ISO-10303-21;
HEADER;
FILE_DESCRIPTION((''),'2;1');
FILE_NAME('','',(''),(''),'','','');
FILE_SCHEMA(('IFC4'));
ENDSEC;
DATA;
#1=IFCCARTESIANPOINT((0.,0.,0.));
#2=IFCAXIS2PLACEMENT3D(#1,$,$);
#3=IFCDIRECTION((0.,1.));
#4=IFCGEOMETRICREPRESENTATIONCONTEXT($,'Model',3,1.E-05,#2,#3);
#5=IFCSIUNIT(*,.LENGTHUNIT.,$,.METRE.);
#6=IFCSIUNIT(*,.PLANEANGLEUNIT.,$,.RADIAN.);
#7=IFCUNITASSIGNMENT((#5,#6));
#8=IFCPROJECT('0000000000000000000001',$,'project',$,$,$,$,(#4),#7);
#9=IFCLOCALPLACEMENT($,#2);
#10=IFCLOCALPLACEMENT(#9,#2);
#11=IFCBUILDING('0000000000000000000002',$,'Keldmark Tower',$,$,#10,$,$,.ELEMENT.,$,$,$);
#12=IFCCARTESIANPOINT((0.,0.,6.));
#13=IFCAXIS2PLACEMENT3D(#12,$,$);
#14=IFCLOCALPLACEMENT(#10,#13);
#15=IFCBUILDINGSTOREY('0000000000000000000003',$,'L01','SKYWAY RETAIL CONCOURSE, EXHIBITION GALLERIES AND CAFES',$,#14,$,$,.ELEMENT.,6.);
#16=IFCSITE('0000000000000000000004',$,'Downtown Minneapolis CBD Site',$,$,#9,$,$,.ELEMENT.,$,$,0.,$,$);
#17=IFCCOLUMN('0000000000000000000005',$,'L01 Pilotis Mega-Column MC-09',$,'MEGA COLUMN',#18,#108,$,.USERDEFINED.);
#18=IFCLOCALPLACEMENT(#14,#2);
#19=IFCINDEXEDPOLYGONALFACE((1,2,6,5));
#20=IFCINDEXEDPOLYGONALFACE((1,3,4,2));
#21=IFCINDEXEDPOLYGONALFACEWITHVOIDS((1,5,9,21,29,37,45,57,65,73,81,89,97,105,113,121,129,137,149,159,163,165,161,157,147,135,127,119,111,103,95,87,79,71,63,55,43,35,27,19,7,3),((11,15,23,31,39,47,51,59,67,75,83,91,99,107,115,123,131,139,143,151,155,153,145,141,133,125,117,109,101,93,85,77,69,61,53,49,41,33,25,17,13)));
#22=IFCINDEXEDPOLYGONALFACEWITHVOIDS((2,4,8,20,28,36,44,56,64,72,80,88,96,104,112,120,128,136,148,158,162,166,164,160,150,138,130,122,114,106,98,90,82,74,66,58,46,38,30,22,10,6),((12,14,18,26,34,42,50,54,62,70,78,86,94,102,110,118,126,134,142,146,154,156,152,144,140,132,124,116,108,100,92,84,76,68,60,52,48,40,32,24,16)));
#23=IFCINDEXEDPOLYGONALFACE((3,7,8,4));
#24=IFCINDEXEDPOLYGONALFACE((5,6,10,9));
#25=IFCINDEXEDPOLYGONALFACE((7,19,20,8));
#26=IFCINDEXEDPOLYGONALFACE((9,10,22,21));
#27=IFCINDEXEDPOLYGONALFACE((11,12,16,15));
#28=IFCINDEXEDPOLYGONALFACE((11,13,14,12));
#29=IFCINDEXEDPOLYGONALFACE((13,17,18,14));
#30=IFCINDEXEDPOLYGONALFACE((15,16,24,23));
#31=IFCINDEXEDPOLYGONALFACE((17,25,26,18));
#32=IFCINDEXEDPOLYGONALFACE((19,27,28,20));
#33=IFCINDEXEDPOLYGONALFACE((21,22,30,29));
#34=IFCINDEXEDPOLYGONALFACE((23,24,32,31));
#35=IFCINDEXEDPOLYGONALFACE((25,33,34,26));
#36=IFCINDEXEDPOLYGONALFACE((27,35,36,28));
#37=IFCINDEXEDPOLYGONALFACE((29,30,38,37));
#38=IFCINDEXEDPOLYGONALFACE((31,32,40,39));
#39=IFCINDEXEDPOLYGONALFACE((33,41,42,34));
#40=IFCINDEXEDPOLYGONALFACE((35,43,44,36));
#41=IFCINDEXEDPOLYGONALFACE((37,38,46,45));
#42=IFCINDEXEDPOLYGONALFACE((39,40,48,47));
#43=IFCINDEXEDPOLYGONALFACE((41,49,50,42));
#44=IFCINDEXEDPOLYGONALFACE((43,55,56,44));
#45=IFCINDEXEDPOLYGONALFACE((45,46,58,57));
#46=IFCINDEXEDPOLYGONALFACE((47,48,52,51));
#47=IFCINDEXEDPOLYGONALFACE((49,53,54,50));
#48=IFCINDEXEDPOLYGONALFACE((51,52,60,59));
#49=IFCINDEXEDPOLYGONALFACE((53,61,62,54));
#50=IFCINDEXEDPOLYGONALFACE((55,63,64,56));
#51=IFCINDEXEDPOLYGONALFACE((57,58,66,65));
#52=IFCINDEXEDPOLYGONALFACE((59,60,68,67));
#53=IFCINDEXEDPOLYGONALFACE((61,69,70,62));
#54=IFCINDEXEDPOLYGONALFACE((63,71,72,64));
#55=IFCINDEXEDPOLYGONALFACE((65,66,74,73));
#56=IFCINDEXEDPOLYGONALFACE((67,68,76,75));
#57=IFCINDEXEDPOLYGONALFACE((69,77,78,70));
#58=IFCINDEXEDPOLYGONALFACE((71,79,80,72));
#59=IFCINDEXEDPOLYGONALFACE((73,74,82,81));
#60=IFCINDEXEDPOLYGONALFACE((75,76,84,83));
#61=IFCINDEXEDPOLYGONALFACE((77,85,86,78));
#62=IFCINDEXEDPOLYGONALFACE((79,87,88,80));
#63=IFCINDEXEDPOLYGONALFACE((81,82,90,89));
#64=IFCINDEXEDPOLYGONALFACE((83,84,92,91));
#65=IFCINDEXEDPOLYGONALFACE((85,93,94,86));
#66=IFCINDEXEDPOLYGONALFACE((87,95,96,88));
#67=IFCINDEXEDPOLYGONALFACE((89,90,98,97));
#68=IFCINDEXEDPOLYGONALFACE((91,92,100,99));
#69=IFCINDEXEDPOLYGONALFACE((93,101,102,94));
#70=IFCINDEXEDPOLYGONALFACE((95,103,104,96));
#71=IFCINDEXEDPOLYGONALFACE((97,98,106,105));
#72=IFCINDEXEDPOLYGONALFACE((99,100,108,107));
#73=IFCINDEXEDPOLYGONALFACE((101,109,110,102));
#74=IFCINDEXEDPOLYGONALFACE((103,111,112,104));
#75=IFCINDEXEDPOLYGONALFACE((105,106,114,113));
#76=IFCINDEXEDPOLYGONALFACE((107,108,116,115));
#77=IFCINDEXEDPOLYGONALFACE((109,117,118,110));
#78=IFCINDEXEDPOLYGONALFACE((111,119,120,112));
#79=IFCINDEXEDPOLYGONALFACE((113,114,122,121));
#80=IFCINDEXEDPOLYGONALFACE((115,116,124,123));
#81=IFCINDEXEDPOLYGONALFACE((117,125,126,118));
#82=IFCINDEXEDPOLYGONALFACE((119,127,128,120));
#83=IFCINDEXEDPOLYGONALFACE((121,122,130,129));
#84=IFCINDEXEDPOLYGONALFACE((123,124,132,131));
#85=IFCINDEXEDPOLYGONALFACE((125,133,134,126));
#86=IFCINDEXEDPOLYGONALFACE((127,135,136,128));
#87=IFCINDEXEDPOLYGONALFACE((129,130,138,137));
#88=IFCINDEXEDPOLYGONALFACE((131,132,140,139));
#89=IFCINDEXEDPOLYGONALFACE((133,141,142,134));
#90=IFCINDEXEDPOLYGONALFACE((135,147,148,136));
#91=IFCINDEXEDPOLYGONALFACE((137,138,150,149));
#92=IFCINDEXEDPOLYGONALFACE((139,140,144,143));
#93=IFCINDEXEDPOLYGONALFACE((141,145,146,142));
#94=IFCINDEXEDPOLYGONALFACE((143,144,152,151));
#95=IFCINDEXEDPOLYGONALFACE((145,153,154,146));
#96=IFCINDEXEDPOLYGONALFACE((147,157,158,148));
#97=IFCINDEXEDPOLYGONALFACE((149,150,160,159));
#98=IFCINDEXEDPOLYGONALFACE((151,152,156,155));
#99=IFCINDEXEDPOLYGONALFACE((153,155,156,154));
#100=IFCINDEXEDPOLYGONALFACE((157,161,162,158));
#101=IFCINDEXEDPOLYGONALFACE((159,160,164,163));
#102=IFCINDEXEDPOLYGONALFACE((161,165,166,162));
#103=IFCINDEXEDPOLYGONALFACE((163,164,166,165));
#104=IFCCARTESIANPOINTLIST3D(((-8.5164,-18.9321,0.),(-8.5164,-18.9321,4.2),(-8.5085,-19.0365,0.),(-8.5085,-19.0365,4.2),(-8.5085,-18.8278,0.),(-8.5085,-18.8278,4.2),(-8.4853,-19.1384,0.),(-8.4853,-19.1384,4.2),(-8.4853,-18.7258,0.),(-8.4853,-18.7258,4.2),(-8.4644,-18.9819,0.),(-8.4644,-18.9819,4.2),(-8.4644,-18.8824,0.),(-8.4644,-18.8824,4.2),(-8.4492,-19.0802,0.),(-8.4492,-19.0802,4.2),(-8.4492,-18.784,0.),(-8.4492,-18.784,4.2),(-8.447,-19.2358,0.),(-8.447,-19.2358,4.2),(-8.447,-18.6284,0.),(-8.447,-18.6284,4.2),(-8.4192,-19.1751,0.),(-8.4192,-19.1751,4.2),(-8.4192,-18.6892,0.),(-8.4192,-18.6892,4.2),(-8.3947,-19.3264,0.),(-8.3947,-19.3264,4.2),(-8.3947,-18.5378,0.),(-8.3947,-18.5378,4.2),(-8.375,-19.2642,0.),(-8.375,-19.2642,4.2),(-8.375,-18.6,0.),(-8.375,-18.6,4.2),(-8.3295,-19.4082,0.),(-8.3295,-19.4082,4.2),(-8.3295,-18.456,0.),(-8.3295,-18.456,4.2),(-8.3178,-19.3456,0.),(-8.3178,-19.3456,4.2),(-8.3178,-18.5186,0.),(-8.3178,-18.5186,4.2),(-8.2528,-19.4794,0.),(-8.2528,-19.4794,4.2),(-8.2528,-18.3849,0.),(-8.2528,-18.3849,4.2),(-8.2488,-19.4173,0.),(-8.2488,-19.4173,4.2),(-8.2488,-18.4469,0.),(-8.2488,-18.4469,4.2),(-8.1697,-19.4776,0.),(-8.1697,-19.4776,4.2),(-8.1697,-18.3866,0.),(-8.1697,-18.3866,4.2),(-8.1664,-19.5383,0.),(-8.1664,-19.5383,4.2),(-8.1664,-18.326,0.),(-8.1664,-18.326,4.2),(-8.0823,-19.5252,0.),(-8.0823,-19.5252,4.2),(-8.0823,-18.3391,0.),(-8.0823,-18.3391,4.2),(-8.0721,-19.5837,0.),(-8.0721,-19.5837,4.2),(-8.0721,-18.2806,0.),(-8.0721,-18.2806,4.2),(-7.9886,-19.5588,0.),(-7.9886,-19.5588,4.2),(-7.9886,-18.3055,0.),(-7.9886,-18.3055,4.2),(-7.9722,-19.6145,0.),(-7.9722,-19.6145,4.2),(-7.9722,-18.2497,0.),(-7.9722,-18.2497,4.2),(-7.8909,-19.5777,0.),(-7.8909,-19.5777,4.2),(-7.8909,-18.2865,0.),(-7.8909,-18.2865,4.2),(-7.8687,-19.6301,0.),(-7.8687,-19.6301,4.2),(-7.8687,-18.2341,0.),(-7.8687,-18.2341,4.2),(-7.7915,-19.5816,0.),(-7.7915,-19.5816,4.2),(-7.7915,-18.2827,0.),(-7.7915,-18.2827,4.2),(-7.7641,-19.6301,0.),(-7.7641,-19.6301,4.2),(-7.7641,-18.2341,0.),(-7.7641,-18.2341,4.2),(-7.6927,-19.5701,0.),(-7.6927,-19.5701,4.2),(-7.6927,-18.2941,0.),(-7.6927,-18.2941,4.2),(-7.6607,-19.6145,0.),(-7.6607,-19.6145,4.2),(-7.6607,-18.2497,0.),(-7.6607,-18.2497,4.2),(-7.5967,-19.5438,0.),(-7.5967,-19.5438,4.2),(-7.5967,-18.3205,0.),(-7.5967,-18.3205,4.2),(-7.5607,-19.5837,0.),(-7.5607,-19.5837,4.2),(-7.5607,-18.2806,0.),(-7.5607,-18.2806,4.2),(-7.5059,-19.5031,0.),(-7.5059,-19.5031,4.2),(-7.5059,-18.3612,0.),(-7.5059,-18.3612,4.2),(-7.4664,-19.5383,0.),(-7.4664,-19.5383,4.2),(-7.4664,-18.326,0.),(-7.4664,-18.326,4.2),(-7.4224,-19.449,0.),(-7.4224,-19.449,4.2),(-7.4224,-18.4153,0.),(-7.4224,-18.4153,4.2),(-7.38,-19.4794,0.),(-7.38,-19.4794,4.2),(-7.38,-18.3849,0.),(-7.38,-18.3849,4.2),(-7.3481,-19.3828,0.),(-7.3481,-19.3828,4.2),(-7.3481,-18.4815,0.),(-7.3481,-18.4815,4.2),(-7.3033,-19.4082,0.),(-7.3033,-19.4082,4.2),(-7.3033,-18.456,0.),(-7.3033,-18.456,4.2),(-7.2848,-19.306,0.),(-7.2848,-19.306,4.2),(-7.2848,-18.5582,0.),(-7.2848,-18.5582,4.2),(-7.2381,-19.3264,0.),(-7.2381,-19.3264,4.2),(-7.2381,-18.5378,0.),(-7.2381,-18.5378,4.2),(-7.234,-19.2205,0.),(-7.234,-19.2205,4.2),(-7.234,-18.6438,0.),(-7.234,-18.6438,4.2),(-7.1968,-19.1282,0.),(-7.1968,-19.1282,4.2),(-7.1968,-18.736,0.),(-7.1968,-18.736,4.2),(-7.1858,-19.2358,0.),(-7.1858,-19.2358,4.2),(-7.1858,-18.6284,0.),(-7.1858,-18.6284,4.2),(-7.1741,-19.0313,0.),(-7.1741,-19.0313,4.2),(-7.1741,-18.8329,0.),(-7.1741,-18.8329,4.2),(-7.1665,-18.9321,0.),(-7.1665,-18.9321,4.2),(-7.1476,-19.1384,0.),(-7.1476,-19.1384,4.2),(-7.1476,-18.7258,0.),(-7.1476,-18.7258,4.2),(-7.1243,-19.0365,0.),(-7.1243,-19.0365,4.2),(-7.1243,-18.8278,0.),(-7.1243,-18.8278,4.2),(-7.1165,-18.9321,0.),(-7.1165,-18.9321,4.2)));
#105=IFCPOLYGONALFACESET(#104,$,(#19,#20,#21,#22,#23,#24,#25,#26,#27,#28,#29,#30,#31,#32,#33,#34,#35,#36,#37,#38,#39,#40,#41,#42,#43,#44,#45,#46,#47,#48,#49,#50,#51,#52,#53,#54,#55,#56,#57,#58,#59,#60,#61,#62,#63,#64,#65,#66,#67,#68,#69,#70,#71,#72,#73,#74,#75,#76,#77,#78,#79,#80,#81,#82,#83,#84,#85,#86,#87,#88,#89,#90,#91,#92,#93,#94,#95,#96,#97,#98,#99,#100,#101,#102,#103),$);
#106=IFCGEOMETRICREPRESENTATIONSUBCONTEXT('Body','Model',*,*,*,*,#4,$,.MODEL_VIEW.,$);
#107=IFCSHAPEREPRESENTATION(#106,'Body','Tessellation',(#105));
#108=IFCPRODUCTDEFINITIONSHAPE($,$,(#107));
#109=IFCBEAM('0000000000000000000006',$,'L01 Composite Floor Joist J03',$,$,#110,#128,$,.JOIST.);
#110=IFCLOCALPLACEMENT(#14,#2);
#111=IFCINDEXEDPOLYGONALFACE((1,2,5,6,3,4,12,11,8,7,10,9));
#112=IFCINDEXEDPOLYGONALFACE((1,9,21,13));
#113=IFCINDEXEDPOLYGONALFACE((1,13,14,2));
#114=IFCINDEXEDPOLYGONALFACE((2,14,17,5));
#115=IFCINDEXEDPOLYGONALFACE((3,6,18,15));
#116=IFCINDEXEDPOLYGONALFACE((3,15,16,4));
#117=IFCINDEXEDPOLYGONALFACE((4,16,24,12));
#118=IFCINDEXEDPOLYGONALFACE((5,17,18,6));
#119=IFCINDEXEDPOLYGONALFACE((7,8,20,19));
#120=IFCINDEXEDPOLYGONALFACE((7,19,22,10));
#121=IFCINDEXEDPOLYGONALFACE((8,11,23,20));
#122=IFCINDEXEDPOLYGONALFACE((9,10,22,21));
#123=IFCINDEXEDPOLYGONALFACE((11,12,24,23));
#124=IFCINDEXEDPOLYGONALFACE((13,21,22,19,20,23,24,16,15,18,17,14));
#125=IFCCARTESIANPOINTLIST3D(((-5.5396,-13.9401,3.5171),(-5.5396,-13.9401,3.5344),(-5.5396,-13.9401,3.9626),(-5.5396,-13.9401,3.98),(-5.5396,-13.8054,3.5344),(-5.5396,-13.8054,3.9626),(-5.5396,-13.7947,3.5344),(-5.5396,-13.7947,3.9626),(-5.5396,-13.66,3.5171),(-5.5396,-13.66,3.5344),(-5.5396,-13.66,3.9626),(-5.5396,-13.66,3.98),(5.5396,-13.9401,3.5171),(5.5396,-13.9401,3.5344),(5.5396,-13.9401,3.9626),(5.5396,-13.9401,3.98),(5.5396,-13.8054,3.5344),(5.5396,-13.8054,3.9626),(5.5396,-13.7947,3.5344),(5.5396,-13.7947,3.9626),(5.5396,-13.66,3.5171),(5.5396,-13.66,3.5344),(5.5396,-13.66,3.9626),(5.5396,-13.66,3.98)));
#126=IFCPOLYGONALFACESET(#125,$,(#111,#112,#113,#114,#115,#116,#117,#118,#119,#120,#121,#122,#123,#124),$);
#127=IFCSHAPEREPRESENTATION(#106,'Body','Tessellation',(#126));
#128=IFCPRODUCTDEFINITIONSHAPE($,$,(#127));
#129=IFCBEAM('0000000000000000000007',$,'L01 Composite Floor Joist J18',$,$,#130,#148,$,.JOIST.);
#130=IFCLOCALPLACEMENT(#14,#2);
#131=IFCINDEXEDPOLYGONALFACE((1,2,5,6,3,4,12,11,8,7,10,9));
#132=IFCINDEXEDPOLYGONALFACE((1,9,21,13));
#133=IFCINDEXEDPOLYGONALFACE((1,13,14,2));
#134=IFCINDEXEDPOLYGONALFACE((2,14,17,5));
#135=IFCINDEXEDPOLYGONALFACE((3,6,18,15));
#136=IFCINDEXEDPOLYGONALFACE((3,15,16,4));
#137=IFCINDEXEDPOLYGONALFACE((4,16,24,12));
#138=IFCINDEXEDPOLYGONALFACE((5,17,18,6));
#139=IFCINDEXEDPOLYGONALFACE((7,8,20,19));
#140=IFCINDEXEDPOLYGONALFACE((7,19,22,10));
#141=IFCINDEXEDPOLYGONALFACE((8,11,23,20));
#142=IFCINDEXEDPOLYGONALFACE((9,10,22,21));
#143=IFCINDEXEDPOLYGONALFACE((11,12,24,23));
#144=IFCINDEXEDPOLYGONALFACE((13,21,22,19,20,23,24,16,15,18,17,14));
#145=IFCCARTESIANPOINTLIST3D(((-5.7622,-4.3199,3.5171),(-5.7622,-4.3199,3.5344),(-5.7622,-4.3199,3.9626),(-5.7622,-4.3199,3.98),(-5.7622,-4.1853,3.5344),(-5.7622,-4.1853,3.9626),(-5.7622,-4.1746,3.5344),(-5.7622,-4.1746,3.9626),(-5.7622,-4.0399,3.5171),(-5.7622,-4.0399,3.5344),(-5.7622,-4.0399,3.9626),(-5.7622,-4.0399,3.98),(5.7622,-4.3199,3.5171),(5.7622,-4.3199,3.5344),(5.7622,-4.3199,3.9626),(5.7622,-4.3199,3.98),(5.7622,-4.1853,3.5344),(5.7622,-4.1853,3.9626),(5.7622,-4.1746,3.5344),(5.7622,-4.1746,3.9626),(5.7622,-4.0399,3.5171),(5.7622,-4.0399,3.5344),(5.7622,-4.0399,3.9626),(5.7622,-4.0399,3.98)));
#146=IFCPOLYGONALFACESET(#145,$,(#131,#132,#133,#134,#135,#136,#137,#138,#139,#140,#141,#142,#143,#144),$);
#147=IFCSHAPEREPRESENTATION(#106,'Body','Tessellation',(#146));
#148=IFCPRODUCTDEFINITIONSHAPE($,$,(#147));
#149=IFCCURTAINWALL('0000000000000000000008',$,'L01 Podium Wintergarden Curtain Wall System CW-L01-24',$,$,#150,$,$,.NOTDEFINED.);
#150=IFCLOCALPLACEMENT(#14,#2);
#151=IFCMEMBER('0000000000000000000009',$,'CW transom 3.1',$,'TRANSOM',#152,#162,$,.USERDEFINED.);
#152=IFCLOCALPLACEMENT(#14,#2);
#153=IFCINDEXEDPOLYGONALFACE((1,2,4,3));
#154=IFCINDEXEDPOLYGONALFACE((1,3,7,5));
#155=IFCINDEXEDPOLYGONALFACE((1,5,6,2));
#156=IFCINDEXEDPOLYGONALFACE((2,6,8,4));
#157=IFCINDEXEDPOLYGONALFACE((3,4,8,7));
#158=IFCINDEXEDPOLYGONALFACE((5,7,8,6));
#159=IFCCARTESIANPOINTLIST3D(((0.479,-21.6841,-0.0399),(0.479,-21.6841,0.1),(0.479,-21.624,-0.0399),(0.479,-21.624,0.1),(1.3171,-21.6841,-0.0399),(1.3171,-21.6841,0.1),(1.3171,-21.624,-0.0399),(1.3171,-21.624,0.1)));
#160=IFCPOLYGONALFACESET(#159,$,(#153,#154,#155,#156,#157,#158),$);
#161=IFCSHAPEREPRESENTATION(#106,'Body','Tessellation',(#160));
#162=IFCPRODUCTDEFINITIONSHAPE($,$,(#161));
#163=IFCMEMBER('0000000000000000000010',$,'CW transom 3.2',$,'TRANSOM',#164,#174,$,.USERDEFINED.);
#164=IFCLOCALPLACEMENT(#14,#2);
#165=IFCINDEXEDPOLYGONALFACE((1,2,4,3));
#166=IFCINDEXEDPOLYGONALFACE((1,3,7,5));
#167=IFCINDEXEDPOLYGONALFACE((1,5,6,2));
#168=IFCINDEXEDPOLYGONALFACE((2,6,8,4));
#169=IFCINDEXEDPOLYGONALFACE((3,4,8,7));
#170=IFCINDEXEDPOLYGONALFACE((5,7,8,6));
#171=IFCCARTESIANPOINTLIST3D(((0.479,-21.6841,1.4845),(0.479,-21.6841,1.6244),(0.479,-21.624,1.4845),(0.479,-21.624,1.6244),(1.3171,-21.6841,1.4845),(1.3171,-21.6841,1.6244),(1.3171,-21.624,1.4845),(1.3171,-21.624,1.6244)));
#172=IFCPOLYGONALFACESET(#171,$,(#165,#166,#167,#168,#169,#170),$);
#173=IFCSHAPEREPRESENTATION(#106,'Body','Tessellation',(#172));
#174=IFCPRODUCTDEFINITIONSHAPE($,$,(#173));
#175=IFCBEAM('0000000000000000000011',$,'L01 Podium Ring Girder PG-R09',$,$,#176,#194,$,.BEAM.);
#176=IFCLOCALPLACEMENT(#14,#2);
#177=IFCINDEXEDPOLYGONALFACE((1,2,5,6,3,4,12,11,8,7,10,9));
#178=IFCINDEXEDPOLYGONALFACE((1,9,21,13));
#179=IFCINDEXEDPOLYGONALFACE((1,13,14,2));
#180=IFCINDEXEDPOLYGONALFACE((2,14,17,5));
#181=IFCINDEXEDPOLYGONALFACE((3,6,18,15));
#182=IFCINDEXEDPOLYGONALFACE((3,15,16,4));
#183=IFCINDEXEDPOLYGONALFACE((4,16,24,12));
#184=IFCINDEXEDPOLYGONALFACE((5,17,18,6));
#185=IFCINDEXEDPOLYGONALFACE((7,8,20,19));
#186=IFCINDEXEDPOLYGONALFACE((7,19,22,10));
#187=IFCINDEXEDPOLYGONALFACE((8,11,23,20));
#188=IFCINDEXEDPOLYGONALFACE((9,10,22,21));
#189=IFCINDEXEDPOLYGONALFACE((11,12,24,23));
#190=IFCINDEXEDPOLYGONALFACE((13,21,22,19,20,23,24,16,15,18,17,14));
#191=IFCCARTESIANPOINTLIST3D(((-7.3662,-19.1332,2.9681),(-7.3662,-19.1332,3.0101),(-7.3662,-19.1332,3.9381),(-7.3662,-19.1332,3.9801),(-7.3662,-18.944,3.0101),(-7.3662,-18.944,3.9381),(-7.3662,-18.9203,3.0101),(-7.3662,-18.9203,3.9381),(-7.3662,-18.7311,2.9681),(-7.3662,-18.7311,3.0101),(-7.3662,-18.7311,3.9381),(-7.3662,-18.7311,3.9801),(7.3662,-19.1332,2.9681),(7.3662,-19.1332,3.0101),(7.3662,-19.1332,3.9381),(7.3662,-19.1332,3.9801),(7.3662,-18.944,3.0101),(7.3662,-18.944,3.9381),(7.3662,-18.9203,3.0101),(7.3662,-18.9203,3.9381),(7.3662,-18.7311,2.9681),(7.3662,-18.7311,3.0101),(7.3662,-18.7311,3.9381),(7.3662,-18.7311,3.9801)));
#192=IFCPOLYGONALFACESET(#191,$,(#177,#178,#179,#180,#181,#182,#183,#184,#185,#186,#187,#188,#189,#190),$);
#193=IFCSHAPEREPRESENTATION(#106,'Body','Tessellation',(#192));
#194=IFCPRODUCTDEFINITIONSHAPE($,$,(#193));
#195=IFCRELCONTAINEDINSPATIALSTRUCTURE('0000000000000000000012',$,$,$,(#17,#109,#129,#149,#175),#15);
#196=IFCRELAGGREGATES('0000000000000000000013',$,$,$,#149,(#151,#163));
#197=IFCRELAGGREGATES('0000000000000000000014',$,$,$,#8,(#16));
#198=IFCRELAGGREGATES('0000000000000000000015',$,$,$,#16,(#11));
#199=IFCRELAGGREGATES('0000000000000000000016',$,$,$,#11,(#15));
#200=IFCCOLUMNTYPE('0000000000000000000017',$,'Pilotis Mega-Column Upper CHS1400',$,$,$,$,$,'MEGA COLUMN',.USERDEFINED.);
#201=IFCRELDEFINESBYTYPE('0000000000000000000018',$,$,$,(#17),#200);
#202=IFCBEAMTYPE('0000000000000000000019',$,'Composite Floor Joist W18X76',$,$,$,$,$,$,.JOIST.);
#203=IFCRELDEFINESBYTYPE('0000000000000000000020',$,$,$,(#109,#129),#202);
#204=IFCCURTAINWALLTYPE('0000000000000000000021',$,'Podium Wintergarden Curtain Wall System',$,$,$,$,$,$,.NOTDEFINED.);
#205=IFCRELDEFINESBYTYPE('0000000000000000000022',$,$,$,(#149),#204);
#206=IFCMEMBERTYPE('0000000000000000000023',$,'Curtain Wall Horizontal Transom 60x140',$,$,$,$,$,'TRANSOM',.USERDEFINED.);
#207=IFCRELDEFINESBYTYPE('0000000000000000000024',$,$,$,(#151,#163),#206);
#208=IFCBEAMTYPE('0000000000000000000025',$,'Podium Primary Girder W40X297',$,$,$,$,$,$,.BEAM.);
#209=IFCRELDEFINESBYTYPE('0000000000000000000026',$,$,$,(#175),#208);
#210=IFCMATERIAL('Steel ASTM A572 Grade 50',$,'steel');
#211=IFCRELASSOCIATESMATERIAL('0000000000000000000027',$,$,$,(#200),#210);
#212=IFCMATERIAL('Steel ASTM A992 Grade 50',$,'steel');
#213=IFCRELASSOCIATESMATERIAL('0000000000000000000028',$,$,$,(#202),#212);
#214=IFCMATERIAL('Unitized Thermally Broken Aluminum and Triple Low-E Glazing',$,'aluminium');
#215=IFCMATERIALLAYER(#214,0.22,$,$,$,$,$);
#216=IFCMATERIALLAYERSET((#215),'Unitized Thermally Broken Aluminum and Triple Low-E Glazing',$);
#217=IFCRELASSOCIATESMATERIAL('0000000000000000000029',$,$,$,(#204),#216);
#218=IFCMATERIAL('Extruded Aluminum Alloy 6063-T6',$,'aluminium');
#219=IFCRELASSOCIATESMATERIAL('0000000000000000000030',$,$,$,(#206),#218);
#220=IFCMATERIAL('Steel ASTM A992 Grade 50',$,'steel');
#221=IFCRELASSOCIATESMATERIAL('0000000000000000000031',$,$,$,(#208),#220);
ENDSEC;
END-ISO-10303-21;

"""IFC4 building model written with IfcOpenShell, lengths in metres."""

from ifc_helpers import new_model, si_unit, direction, frame, origin, origin_2d, place, context, subcontext, project, spatial, rectangle, hollow_circle, i_section, extrude, material, layer, layer_set, material_profile, profile_set, type_object, element, aggregate, save


model = new_model("IFC4")

# Units and contexts
model_context = context("Model", 3, precision=1e-05, world=origin(), true_north=direction((0.0, 1.0)))
body_context = subcontext(model_context, "Body", "Model", "MODEL_VIEW")
ifc_project = project(units=[si_unit("LENGTHUNIT", "METRE"), si_unit("PLANEANGLEUNIT", "RADIAN")], contexts=[model_context])

# Site, building, storey
site_placement = place(None, origin())
site = spatial("IfcSite", under=ifc_project, at=site_placement, Name="Downtown Minneapolis CBD Site", CompositionType="ELEMENT", RefElevation=0.0)
building_placement = place(site_placement, origin())
building = spatial("IfcBuilding", under=site, at=building_placement, Name="Keldmark Tower", CompositionType="ELEMENT")
storey_placement = place(building_placement, frame((0.0, 0.0, 6.0)))
storey = spatial("IfcBuildingStorey", under=building, at=storey_placement, Name="L01", Description="SKYWAY RETAIL CONCOURSE, EXHIBITION GALLERIES AND CAFES", CompositionType="ELEMENT", Elevation=6.0)

# Column
ifc_material_1 = material(Name="Steel ASTM A572 Grade 50", Category="steel")
ifc_material_profile_1 = material_profile(ifc_material_1, hollow_circle(Radius=0.7, WallThickness=0.05, at=origin_2d()), Name="CHS1400X50")
ifc_profile_set_1 = profile_set([ifc_material_profile_1], Name="Steel ASTM A572 Grade 50")
column_type = type_object("IfcColumnType", Name="Pilotis Mega-Column Upper CHS1400", ElementType="MEGA COLUMN", PredefinedType="USERDEFINED", material=ifc_profile_set_1)
column_placement = place(storey_placement, frame((-7.8164, -18.9321, 0.0), z_axis=(0.0, 0.0, 1.0), x_axis=(1.0, 0.0, 0.0)))
element("IfcColumn", 1, at=column_placement, inside=storey, type_object=column_type, Name="L01 Pilotis Mega-Column MC-09", ObjectType="MEGA COLUMN", PredefinedType="USERDEFINED", context=body_context, shape_type="SweptSolid", body=[
    extrude(hollow_circle(Radius=0.7, WallThickness=0.05, at=origin_2d()), origin(), (0.0, 0.0, 1.0), 4.2),
])

# Beams
ifc_material_2 = material(Name="Steel ASTM A992 Grade 50", Category="steel")
ifc_material_profile_2 = material_profile(ifc_material_2, i_section(OverallWidth=0.28, OverallDepth=0.4629, WebThickness=0.0107, FlangeThickness=0.0173, at=origin_2d()), Name="W18X76")
ifc_profile_set_2 = profile_set([ifc_material_profile_2], Name="Steel ASTM A992 Grade 50")
beam_type_1 = type_object("IfcBeamType", Name="Composite Floor Joist W18X76", PredefinedType="JOIST", material=ifc_profile_set_2)
beam_1_placement = place(storey_placement, frame((-5.5396, -13.8, 3.7485), z_axis=(1.0, 0.0, 0.0), x_axis=(0.0, 1.0, 0.0)))
element("IfcBeam", 2, at=beam_1_placement, inside=storey, type_object=beam_type_1, Name="L01 Composite Floor Joist J03", PredefinedType="JOIST", context=body_context, shape_type="SweptSolid", body=[
    extrude(i_section(OverallWidth=0.28, OverallDepth=0.4629, WebThickness=0.0107, FlangeThickness=0.0173, at=origin_2d()), origin(), (0.0, 0.0, 1.0), 11.0791),
])
beam_2_placement = place(storey_placement, frame((-5.7622, -4.1799, 3.7485), z_axis=(1.0, 0.0, 0.0), x_axis=(0.0, 1.0, 0.0)))
element("IfcBeam", 3, at=beam_2_placement, inside=storey, type_object=beam_type_1, Name="L01 Composite Floor Joist J18", PredefinedType="JOIST", context=body_context, shape_type="SweptSolid", body=[
    extrude(i_section(OverallWidth=0.28, OverallDepth=0.4629, WebThickness=0.0107, FlangeThickness=0.0173, at=origin_2d()), origin(), (0.0, 0.0, 1.0), 11.5244),
])

# Curtain wall, members
ifc_material_3 = material(Name="Unitized Thermally Broken Aluminum and Triple Low-E Glazing", Category="aluminium")
ifc_layer_1 = layer(ifc_material_3, 0.22)
ifc_layer_set_1 = layer_set([ifc_layer_1], Name="Unitized Thermally Broken Aluminum and Triple Low-E Glazing")
curtain_wall_type = type_object("IfcCurtainWallType", Name="Podium Wintergarden Curtain Wall System", PredefinedType="NOTDEFINED", material=ifc_layer_set_1)
curtain_wall_placement = place(storey_placement, origin())
curtain_wall = element("IfcCurtainWall", 4, at=curtain_wall_placement, inside=storey, type_object=curtain_wall_type, Name="L01 Podium Wintergarden Curtain Wall System CW-L01-24", PredefinedType="NOTDEFINED")
ifc_material_4 = material(Name="Extruded Aluminum Alloy 6063-T6", Category="aluminium")
ifc_material_profile_3 = material_profile(ifc_material_4, rectangle(XDim=0.0601, YDim=0.1399, at=origin_2d()), Name="CWT60X140")
ifc_profile_set_3 = profile_set([ifc_material_profile_3], Name="Extruded Aluminum Alloy 6063-T6")
member_type = type_object("IfcMemberType", Name="Curtain Wall Horizontal Transom 60x140", ElementType="TRANSOM", PredefinedType="USERDEFINED", material=ifc_profile_set_3)
member_1_placement = place(storey_placement, frame((1.3171, -21.6541, 0.03), z_axis=(-1.0, 0.0, 0.0), x_axis=(0.0, -1.0, 0.0)))
member_1 = element("IfcMember", 5, at=member_1_placement, type_object=member_type, Name="CW transom 3.1", ObjectType="TRANSOM", PredefinedType="USERDEFINED", context=body_context, shape_type="SweptSolid", body=[
    extrude(rectangle(XDim=0.0601, YDim=0.1399, at=origin_2d()), origin(), (0.0, 0.0, 1.0), 0.8381),
])
member_2_placement = place(storey_placement, frame((1.3171, -21.6541, 1.5544), z_axis=(-1.0, 0.0, 0.0), x_axis=(0.0, -1.0, 0.0)))
member_2 = element("IfcMember", 6, at=member_2_placement, type_object=member_type, Name="CW transom 3.2", ObjectType="TRANSOM", PredefinedType="USERDEFINED", context=body_context, shape_type="SweptSolid", body=[
    extrude(rectangle(XDim=0.0601, YDim=0.1399, at=origin_2d()), origin(), (0.0, 0.0, 1.0), 0.8381),
])

# Beam
ifc_material_5 = material(Name="Steel ASTM A992 Grade 50", Category="steel")
ifc_material_profile_4 = material_profile(ifc_material_5, i_section(OverallWidth=0.4021, OverallDepth=1.012, WebThickness=0.0237, FlangeThickness=0.042, at=origin_2d()), Name="W40X297")
ifc_profile_set_4 = profile_set([ifc_material_profile_4], Name="Steel ASTM A992 Grade 50")
beam_type_2 = type_object("IfcBeamType", Name="Podium Primary Girder W40X297", PredefinedType="BEAM", material=ifc_profile_set_4)
beam_3_placement = place(storey_placement, frame((-7.3662, -18.9321, 3.4741), z_axis=(1.0, 0.0, 0.0), x_axis=(0.0, 1.0, 0.0)))
element("IfcBeam", 7, at=beam_3_placement, inside=storey, type_object=beam_type_2, Name="L01 Podium Ring Girder PG-R09", PredefinedType="BEAM", context=body_context, shape_type="SweptSolid", body=[
    extrude(i_section(OverallWidth=0.4021, OverallDepth=1.012, WebThickness=0.0237, FlangeThickness=0.042, at=origin_2d()), origin(), (0.0, 0.0, 1.0), 14.7324),
])

aggregate(curtain_wall, [member_1, member_2])

save(model, "model.ifc")
